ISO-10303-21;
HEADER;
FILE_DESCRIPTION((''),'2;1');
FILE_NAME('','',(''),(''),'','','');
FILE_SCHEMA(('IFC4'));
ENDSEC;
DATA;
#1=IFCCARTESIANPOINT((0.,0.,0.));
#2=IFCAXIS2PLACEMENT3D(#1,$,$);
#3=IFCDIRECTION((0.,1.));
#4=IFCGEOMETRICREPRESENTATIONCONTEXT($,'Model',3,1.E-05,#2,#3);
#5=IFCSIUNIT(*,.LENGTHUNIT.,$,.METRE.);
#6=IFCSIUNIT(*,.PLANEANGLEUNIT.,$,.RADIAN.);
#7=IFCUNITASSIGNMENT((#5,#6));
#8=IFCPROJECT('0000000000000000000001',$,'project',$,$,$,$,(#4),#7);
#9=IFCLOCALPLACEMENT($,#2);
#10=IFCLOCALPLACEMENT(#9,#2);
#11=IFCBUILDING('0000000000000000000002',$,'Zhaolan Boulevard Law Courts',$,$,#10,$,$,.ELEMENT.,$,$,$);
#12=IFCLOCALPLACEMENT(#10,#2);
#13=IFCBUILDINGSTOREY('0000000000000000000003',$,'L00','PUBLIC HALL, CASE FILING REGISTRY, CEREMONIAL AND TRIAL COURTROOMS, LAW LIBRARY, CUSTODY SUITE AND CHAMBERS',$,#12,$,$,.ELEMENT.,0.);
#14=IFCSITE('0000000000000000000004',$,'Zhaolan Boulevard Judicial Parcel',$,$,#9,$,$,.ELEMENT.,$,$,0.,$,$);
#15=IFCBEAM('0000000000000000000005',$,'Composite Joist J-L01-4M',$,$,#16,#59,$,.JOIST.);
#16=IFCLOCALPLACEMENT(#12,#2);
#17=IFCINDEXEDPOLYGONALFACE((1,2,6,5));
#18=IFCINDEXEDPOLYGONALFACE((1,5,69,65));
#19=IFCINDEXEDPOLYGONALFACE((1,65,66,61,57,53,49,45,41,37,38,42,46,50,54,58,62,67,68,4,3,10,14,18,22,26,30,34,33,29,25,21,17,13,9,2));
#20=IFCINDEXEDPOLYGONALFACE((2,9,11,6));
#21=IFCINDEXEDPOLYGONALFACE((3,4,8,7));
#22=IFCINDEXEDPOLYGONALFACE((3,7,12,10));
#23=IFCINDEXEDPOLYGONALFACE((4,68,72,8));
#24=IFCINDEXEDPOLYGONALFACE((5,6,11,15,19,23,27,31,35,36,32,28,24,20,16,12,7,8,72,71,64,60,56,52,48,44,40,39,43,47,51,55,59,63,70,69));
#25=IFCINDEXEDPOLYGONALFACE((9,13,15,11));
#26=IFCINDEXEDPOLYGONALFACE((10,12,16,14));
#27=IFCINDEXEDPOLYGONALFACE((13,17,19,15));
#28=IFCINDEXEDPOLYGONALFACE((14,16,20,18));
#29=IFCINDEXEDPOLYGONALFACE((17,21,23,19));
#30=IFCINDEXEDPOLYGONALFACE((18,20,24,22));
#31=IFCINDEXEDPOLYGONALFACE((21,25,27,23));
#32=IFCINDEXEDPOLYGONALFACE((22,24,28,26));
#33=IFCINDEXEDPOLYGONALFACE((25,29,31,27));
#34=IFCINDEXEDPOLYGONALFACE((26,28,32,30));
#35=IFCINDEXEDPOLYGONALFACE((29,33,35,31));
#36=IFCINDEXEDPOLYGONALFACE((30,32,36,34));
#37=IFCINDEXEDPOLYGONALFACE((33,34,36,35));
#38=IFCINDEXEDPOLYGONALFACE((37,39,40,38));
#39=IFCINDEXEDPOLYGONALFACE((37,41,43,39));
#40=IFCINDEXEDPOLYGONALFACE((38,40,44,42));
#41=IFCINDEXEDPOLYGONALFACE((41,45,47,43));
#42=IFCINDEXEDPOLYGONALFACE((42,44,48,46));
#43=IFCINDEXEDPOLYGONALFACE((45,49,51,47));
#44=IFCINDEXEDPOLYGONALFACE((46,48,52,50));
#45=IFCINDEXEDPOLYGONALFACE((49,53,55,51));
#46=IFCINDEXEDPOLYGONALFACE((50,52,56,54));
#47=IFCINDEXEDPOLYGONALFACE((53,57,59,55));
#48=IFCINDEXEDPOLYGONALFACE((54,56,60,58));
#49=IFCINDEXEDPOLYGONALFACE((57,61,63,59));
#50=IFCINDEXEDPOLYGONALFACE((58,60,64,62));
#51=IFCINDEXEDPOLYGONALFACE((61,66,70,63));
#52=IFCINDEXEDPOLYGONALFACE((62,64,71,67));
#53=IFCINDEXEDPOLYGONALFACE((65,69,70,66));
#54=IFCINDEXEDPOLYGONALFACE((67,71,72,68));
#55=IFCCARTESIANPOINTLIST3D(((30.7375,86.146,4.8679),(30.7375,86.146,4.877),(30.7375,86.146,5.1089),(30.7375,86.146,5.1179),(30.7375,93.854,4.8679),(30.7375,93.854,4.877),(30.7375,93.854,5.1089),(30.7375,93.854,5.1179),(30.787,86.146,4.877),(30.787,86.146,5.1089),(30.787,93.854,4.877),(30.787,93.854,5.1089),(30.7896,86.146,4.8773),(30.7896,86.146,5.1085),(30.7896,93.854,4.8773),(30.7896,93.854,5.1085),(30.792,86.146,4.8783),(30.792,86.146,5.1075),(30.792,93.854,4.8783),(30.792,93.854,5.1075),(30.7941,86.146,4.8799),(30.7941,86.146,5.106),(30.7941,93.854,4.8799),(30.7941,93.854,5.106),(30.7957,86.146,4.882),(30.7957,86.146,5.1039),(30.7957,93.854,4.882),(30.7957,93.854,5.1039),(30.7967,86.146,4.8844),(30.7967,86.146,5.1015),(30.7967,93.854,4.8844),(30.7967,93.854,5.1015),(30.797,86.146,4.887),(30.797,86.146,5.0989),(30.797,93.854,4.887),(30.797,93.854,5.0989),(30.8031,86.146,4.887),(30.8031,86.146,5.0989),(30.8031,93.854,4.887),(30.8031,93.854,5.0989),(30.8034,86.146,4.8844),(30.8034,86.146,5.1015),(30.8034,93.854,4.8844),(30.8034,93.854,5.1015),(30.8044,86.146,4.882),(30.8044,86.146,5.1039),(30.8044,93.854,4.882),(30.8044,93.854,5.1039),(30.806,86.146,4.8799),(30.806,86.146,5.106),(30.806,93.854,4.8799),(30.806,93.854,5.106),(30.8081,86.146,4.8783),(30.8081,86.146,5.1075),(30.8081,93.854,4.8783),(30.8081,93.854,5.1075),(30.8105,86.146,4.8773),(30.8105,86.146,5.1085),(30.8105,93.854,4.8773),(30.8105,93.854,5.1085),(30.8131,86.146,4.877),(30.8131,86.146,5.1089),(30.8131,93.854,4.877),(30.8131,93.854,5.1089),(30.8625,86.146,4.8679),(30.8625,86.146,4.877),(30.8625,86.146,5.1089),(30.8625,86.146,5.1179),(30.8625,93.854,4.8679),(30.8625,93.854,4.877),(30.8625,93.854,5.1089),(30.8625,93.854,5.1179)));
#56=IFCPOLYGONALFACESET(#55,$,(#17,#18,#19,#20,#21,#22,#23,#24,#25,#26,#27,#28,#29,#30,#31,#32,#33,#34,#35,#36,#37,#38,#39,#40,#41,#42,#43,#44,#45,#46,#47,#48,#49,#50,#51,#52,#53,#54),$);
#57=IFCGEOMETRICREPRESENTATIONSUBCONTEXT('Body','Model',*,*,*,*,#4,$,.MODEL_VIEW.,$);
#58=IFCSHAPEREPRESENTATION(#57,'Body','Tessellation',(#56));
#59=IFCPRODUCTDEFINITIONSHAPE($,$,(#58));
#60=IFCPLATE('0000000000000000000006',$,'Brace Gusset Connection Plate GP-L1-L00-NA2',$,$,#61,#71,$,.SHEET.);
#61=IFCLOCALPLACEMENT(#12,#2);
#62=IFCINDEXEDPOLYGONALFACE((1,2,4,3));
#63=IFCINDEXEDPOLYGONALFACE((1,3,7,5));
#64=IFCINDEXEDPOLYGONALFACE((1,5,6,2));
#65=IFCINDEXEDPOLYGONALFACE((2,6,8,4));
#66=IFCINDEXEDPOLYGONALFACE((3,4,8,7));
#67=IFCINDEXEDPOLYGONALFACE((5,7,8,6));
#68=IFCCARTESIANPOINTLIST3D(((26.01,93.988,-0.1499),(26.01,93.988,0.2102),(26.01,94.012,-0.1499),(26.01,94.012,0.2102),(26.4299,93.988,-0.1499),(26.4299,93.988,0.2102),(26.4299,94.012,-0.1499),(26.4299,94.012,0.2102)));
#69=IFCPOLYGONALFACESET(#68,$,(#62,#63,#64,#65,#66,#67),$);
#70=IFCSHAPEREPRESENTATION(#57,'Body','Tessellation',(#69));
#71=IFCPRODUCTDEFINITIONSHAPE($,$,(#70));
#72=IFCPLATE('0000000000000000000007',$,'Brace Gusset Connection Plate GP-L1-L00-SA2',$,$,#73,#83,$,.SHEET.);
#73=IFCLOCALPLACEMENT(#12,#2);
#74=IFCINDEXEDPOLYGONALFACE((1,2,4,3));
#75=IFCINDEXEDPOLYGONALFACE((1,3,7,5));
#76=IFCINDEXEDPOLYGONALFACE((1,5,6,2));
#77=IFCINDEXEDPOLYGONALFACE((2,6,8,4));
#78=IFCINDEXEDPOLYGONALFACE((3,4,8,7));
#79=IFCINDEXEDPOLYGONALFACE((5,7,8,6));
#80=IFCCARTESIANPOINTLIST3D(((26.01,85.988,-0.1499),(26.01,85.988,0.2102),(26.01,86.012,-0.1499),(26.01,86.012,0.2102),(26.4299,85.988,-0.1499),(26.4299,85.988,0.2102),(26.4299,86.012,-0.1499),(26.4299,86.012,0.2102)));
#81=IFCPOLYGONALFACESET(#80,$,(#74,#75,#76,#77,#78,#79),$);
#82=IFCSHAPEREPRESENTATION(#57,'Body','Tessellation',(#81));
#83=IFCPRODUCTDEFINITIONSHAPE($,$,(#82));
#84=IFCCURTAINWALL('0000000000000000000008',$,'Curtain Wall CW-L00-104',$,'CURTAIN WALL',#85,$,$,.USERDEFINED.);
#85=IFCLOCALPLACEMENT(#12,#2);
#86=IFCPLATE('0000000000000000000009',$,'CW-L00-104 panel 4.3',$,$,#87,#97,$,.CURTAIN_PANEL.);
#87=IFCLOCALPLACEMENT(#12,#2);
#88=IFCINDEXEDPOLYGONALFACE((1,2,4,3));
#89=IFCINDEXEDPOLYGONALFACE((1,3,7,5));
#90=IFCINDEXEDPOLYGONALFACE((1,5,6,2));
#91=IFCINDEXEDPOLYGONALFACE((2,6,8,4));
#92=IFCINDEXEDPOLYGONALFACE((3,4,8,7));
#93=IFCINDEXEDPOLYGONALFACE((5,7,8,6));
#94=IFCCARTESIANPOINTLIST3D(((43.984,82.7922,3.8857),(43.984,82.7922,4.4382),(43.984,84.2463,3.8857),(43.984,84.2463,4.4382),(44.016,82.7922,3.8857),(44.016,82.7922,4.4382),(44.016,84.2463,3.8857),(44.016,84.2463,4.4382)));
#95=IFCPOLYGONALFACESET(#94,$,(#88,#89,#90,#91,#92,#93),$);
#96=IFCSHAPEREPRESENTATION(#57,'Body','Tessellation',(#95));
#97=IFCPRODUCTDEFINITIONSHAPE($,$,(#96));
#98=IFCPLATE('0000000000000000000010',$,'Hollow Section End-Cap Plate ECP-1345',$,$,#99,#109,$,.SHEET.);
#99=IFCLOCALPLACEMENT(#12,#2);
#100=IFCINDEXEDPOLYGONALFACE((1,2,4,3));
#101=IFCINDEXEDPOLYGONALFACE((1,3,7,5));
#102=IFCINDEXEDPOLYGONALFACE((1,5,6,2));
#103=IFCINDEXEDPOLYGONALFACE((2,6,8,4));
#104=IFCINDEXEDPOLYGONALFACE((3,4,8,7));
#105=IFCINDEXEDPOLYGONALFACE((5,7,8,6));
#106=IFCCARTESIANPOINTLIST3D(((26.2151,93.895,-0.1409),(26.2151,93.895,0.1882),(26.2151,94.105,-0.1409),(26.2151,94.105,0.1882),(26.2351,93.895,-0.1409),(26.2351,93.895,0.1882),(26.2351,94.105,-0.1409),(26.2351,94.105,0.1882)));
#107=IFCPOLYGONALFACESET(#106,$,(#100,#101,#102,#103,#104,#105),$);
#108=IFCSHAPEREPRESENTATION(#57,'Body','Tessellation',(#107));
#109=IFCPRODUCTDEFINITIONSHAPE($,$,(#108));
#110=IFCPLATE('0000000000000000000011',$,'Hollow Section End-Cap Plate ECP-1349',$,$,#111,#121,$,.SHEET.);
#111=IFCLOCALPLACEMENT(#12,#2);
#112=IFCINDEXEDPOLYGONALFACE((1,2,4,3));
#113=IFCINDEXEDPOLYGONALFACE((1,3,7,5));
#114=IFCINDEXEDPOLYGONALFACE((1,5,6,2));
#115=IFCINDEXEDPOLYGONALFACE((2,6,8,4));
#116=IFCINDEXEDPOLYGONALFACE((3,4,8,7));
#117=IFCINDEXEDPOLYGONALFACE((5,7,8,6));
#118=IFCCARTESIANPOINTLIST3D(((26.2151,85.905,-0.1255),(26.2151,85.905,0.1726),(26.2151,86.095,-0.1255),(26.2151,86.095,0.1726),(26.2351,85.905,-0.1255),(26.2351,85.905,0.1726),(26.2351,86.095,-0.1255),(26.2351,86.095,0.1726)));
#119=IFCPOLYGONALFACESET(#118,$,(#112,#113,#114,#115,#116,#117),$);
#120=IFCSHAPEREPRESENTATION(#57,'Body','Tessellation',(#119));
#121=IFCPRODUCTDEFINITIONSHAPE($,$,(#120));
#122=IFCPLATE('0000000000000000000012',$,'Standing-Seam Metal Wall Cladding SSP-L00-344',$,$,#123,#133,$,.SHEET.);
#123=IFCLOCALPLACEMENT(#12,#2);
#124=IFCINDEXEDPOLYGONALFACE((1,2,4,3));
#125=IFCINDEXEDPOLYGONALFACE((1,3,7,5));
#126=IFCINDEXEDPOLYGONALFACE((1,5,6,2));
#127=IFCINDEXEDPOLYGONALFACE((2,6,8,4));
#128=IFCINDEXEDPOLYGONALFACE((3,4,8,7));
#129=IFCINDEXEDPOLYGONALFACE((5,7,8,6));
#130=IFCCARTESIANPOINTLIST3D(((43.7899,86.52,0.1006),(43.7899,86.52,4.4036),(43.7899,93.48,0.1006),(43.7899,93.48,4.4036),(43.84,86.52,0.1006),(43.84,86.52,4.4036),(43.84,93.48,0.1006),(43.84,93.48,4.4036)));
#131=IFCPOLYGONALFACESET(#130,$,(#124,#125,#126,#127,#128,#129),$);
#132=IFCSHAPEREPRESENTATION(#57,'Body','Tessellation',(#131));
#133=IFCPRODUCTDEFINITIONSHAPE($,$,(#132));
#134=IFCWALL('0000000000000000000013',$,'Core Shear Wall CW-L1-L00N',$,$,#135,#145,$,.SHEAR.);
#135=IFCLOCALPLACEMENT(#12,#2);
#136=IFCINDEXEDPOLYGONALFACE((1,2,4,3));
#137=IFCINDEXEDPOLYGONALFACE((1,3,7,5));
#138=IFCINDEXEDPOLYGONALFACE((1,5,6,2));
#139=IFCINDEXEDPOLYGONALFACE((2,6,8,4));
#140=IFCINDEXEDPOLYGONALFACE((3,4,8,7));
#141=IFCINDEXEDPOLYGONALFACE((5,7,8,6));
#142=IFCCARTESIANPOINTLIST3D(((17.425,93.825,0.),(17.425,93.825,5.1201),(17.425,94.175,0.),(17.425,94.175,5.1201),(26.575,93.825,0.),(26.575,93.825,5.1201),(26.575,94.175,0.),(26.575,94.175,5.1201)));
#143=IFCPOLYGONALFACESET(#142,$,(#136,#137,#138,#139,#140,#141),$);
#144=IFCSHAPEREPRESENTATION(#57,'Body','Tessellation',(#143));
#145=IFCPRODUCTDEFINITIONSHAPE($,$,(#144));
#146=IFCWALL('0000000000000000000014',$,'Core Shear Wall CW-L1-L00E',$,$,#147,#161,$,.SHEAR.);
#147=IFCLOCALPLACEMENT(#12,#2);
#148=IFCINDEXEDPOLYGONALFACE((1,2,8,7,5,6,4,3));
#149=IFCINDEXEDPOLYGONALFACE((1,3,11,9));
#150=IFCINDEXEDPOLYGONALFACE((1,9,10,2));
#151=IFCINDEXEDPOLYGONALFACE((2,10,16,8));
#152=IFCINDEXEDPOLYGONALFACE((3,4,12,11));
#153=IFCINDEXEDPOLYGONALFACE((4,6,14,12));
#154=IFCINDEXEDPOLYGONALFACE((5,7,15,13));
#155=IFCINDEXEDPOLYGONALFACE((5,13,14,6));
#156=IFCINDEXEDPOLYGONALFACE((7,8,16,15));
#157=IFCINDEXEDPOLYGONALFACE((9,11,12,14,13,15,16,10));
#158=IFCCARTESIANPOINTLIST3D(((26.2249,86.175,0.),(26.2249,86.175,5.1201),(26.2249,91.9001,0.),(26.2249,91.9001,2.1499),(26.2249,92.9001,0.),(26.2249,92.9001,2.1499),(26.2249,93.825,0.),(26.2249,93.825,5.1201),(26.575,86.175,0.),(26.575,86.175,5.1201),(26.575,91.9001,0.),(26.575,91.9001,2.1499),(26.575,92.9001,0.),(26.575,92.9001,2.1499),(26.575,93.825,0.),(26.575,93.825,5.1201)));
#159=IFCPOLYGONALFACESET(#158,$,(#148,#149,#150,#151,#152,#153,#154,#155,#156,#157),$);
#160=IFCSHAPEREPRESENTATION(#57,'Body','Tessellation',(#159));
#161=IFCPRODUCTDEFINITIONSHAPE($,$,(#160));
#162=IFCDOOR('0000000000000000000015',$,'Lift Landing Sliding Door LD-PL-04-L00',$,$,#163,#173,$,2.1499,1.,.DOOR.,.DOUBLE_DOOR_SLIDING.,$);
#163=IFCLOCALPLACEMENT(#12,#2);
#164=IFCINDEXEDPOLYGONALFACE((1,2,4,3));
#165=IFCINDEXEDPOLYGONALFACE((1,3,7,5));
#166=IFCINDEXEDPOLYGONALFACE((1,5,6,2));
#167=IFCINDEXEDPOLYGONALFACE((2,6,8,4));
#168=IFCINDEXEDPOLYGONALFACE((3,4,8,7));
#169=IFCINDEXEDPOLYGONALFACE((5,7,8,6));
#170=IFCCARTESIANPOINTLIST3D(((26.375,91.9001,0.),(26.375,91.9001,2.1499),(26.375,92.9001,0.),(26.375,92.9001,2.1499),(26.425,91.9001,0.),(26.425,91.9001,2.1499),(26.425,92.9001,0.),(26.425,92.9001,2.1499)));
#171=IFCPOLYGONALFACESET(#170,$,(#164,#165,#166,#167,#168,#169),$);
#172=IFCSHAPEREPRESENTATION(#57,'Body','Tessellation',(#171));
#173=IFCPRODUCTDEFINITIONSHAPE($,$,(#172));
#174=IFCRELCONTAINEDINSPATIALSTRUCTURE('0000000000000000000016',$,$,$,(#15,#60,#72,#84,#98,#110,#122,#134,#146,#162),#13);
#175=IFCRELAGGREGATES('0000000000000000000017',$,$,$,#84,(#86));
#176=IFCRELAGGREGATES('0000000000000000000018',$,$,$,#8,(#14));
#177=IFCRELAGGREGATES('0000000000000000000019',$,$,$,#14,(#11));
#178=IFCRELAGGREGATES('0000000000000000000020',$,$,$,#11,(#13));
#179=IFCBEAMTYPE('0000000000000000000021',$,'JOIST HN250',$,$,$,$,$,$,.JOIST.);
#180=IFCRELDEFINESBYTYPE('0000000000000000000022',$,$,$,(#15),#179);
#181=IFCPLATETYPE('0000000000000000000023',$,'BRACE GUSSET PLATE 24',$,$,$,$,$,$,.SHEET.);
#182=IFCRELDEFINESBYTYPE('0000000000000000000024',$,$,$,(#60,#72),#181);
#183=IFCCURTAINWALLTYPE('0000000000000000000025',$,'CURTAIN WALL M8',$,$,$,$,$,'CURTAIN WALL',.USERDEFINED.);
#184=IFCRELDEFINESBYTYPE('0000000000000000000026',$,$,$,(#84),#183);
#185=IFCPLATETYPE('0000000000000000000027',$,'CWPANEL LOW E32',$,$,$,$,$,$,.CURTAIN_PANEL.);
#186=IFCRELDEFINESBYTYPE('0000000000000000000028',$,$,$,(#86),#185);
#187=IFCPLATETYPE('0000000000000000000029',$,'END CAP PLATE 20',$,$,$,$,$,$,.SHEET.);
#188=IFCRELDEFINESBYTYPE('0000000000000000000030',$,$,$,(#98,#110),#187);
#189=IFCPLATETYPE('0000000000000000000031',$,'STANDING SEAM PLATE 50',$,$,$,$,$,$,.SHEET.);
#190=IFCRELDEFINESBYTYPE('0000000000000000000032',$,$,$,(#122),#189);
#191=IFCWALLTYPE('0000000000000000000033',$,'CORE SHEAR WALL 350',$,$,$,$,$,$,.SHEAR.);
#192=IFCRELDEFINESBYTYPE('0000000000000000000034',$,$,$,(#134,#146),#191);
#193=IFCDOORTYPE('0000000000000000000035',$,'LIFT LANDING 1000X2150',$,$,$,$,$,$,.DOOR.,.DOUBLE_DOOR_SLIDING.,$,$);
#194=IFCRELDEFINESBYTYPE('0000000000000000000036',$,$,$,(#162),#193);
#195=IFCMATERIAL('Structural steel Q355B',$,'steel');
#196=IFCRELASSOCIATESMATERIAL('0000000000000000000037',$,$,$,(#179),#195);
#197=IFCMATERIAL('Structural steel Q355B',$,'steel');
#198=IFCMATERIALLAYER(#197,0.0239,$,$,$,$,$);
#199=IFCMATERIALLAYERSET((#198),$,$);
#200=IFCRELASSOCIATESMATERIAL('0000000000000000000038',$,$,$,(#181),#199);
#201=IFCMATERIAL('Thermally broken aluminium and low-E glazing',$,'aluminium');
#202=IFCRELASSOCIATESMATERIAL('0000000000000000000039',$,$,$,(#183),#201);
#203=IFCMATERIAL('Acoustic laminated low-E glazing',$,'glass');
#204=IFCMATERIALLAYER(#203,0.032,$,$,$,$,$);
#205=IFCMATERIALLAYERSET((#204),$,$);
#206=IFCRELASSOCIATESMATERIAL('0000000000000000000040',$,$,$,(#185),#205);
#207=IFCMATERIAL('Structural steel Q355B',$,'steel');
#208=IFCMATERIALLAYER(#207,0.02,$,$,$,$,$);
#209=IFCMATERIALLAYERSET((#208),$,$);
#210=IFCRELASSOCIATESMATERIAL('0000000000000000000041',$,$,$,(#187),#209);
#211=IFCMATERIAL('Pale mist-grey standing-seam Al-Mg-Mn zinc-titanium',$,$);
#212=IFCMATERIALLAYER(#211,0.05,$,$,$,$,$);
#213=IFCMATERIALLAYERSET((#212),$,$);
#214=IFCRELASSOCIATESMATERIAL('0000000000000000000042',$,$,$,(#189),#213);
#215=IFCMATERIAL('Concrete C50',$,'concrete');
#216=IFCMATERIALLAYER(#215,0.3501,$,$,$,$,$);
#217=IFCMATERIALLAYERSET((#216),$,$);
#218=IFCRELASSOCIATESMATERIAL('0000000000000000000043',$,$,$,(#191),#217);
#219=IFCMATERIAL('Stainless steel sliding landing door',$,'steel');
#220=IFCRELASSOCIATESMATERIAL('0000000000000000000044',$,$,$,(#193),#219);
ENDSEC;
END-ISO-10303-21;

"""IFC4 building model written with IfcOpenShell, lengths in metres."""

from ifc_helpers import new_model, si_unit, direction, frame, frame_2d, origin, origin_2d, place, context, subcontext, project, spatial, rectangle, i_section, extrude, material, layer, layer_set, material_profile, profile_set, type_object, element, fill, aggregate, save


model = new_model("IFC4")

# Units and contexts
model_context = context("Model", 3, precision=1e-05, world=origin(), true_north=direction((0.0, 1.0)))
body_context = subcontext(model_context, "Body", "Model", "MODEL_VIEW")
ifc_project = project(units=[si_unit("LENGTHUNIT", "METRE"), si_unit("PLANEANGLEUNIT", "RADIAN")], contexts=[model_context])

# Site, building, storey
site_placement = place(None, origin())
site = spatial("IfcSite", under=ifc_project, at=site_placement, Name="Zhaolan Boulevard Judicial Parcel", CompositionType="ELEMENT", RefElevation=0.0)
building_placement = place(site_placement, origin())
building = spatial("IfcBuilding", under=site, at=building_placement, Name="Zhaolan Boulevard Law Courts", CompositionType="ELEMENT")
storey_placement = place(building_placement, origin())
storey = spatial("IfcBuildingStorey", under=building, at=storey_placement, Name="L00", Description="PUBLIC HALL, CASE FILING REGISTRY, CEREMONIAL AND TRIAL COURTROOMS, LAW LIBRARY, CUSTODY SUITE AND CHAMBERS", CompositionType="ELEMENT", Elevation=0.0)

# Beam
ifc_material_1 = material(Name="Structural steel Q355B", Category="steel")
ifc_material_profile_1 = material_profile(ifc_material_1, i_section(OverallWidth=0.125, OverallDepth=0.25, WebThickness=0.0061, FlangeThickness=0.009, FilletRadius=0.01, at=origin_2d()), Name="HN250x125")
ifc_profile_set_1 = profile_set([ifc_material_profile_1], Name="Structural steel Q355B")
beam_type_1 = type_object("IfcBeamType", Name="JOIST HN250", PredefinedType="JOIST", material=ifc_profile_set_1)
beam_1_placement = place(storey_placement, frame((30.8, 86.146, 4.9929), z_axis=(0.0, 1.0, 0.0), x_axis=(-1.0, 0.0, 0.0)))
element("IfcBeam", 1, at=beam_1_placement, inside=storey, type_object=beam_type_1, Name="Composite Joist J-L01-4M", PredefinedType="JOIST", context=body_context, shape_type="SweptSolid", body=[
    extrude(i_section(OverallWidth=0.125, OverallDepth=0.25, WebThickness=0.0061, FlangeThickness=0.009, FilletRadius=0.01, at=origin_2d()), origin(), (0.0, 0.0, 1.0), 7.708),
])

# Plates
ifc_material_2 = material(Name="Structural steel Q355B", Category="steel")
ifc_layer_1 = layer(ifc_material_2, 0.0239)
ifc_layer_set_1 = layer_set([ifc_layer_1])
plate_type_1 = type_object("IfcPlateType", Name="BRACE GUSSET PLATE 24", PredefinedType="SHEET", material=ifc_layer_set_1)
for number, where, z_axis, x_axis, name in (
    (2, (26.22, 94.0, -0.1499), (0.0, 0.0, 1.0), (1.0, 0.0, 0.0), "Brace Gusset Connection Plate GP-L1-L00-NA2"),
    (3, (26.22, 86.0, -0.1499), (0.0, 0.0, 1.0), (1.0, 0.0, 0.0), "Brace Gusset Connection Plate GP-L1-L00-SA2"),
):
    element("IfcPlate", number, at=place(storey_placement, frame(where, z_axis=z_axis, x_axis=x_axis)), inside=storey, type_object=plate_type_1, Name=name, PredefinedType="SHEET", context=body_context, shape_type="SweptSolid", body=[
        extrude(rectangle(XDim=0.4199, YDim=0.0239, at=origin_2d()), origin(), (0.0, 0.0, 1.0), 0.3601),
    ])

# Curtain wall, plate
ifc_material_3 = material(Name="Thermally broken aluminium and low-E glazing", Category="aluminium")
curtain_wall_type = type_object("IfcCurtainWallType", Name="CURTAIN WALL M8", ElementType="CURTAIN WALL", PredefinedType="USERDEFINED", material=ifc_material_3)
curtain_wall_placement = place(storey_placement, origin())
curtain_wall = element("IfcCurtainWall", 4, at=curtain_wall_placement, inside=storey, type_object=curtain_wall_type, Name="Curtain Wall CW-L00-104", ObjectType="CURTAIN WALL", PredefinedType="USERDEFINED")
ifc_material_4 = material(Name="Acoustic laminated low-E glazing", Category="glass")
ifc_layer_2 = layer(ifc_material_4, 0.032)
ifc_layer_set_2 = layer_set([ifc_layer_2])
plate_type_2 = type_object("IfcPlateType", Name="CWPANEL LOW E32", PredefinedType="CURTAIN_PANEL", material=ifc_layer_set_2)
plate_1_placement = place(storey_placement, frame((44.0, 83.5193, 3.8857), z_axis=(0.0, 0.0, 1.0), x_axis=(0.0, 1.0, 0.0)))
plate_1 = element("IfcPlate", 5, at=plate_1_placement, type_object=plate_type_2, Name="CW-L00-104 panel 4.3", PredefinedType="CURTAIN_PANEL", context=body_context, shape_type="SweptSolid", body=[
    extrude(rectangle(XDim=1.4541, YDim=0.032, at=origin_2d()), origin(), (0.0, 0.0, 1.0), 0.5525),
])
aggregate(curtain_wall, [plate_1])

# Plates
ifc_material_5 = material(Name="Structural steel Q355B", Category="steel")
ifc_layer_3 = layer(ifc_material_5, 0.02)
ifc_layer_set_3 = layer_set([ifc_layer_3])
plate_type_3 = type_object("IfcPlateType", Name="END CAP PLATE 20", PredefinedType="SHEET", material=ifc_layer_set_3)
plate_2_placement = place(storey_placement, frame((26.2251, 94.0, -0.1409), z_axis=(0.0, 0.0, 1.0), x_axis=(-1.0, 0.0, 0.0)))
element("IfcPlate", 6, at=plate_2_placement, inside=storey, type_object=plate_type_3, Name="Hollow Section End-Cap Plate ECP-1345", PredefinedType="SHEET", context=body_context, shape_type="SweptSolid", body=[
    extrude(rectangle(XDim=0.02, YDim=0.21, at=origin_2d()), origin(), (0.0, 0.0, 1.0), 0.3291),
])
plate_3_placement = place(storey_placement, frame((26.2251, 86.0, -0.1255), z_axis=(0.0, 0.0, 1.0), x_axis=(-1.0, 0.0, 0.0)))
element("IfcPlate", 7, at=plate_3_placement, inside=storey, type_object=plate_type_3, Name="Hollow Section End-Cap Plate ECP-1349", PredefinedType="SHEET", context=body_context, shape_type="SweptSolid", body=[
    extrude(rectangle(XDim=0.02, YDim=0.1899, at=origin_2d()), origin(), (0.0, 0.0, 1.0), 0.2981),
])
ifc_material_6 = material(Name="Pale mist-grey standing-seam Al-Mg-Mn zinc-titanium")
ifc_layer_4 = layer(ifc_material_6, 0.05)
ifc_layer_set_4 = layer_set([ifc_layer_4])
plate_type_4 = type_object("IfcPlateType", Name="STANDING SEAM PLATE 50", PredefinedType="SHEET", material=ifc_layer_set_4)
plate_4_placement = place(storey_placement, frame((43.8149, 90.0, 0.1006), z_axis=(0.0, 0.0, 1.0), x_axis=(0.0, 1.0, 0.0)))
element("IfcPlate", 8, at=plate_4_placement, inside=storey, type_object=plate_type_4, Name="Standing-Seam Metal Wall Cladding SSP-L00-344", PredefinedType="SHEET", context=body_context, shape_type="SweptSolid", body=[
    extrude(rectangle(XDim=6.96, YDim=0.05, at=origin_2d()), origin(), (0.0, 0.0, 1.0), 4.303),
])

# Wall
ifc_material_7 = material(Name="Concrete C50", Category="concrete")
ifc_layer_5 = layer(ifc_material_7, 0.3501)
ifc_layer_set_5 = layer_set([ifc_layer_5])
wall_type = type_object("IfcWallType", Name="CORE SHEAR WALL 350", PredefinedType="SHEAR", material=ifc_layer_set_5)
wall_1_placement = place(storey_placement, frame((26.575, 94.0, 0.0), z_axis=(0.0, 0.0, 1.0), x_axis=(-1.0, 0.0, 0.0)))
element("IfcWall", 9, at=wall_1_placement, inside=storey, type_object=wall_type, Name="Core Shear Wall CW-L1-L00N", PredefinedType="SHEAR", context=body_context, shape_type="SweptSolid", body=[
    extrude(rectangle(XDim=9.1499, YDim=0.3501, at=frame_2d((4.575, 0.0))), origin(), (0.0, 0.0, 1.0), 5.1201),
])

# Wall, opening, door
wall_2_placement = place(storey_placement, frame((26.3999, 86.175, 0.0), z_axis=(0.0, 0.0, 1.0), x_axis=(0.0, 1.0, 0.0)))
wall_2 = element("IfcWall", 10, at=wall_2_placement, inside=storey, type_object=wall_type, Name="Core Shear Wall CW-L1-L00E", PredefinedType="SHEAR", context=body_context, shape_type="SweptSolid", body=[
    extrude(rectangle(XDim=7.6499, YDim=0.3501, at=frame_2d((3.825, 0.0))), origin(), (0.0, 0.0, 1.0), 5.1201),
])
opening_placement = place(wall_2_placement, frame((5.7251, 0.0, 0.0)))
opening = element("IfcOpeningElement", 11, at=opening_placement, cuts=wall_2, PredefinedType="OPENING", context=body_context, shape_type="SweptSolid", body=[
    extrude(rectangle(XDim=1.0, YDim=2.1499, at=frame_2d((0.5, 1.075))), frame((0.0, 0.1851, 0.0), z_axis=(0.0, -1.0, 0.0), x_axis=(1.0, 0.0, 0.0)), (0.0, 0.0, 1.0), 0.3701),
])
ifc_material_8 = material(Name="Stainless steel sliding landing door", Category="steel")
door_type = type_object("IfcDoorType", Name="LIFT LANDING 1000X2150", OperationType="DOUBLE_DOOR_SLIDING", PredefinedType="DOOR", material=ifc_material_8)
door_placement = place(opening_placement, origin())
door = element("IfcDoor", 12, at=door_placement, inside=storey, type_object=door_type, Name="Lift Landing Sliding Door LD-PL-04-L00", OperationType="DOUBLE_DOOR_SLIDING", OverallHeight=2.1499, OverallWidth=1.0, PredefinedType="DOOR", context=body_context, shape_type="SweptSolid", body=[
    extrude(rectangle(XDim=1.0, YDim=2.1499, at=frame_2d((0.5, 1.075))), frame((0.0, 0.0249, 0.0), z_axis=(0.0, -1.0, 0.0), x_axis=(1.0, 0.0, 0.0)), (0.0, 0.0, 1.0), 0.05),
])
fill(opening, door)

save(model, "model.ifc")
